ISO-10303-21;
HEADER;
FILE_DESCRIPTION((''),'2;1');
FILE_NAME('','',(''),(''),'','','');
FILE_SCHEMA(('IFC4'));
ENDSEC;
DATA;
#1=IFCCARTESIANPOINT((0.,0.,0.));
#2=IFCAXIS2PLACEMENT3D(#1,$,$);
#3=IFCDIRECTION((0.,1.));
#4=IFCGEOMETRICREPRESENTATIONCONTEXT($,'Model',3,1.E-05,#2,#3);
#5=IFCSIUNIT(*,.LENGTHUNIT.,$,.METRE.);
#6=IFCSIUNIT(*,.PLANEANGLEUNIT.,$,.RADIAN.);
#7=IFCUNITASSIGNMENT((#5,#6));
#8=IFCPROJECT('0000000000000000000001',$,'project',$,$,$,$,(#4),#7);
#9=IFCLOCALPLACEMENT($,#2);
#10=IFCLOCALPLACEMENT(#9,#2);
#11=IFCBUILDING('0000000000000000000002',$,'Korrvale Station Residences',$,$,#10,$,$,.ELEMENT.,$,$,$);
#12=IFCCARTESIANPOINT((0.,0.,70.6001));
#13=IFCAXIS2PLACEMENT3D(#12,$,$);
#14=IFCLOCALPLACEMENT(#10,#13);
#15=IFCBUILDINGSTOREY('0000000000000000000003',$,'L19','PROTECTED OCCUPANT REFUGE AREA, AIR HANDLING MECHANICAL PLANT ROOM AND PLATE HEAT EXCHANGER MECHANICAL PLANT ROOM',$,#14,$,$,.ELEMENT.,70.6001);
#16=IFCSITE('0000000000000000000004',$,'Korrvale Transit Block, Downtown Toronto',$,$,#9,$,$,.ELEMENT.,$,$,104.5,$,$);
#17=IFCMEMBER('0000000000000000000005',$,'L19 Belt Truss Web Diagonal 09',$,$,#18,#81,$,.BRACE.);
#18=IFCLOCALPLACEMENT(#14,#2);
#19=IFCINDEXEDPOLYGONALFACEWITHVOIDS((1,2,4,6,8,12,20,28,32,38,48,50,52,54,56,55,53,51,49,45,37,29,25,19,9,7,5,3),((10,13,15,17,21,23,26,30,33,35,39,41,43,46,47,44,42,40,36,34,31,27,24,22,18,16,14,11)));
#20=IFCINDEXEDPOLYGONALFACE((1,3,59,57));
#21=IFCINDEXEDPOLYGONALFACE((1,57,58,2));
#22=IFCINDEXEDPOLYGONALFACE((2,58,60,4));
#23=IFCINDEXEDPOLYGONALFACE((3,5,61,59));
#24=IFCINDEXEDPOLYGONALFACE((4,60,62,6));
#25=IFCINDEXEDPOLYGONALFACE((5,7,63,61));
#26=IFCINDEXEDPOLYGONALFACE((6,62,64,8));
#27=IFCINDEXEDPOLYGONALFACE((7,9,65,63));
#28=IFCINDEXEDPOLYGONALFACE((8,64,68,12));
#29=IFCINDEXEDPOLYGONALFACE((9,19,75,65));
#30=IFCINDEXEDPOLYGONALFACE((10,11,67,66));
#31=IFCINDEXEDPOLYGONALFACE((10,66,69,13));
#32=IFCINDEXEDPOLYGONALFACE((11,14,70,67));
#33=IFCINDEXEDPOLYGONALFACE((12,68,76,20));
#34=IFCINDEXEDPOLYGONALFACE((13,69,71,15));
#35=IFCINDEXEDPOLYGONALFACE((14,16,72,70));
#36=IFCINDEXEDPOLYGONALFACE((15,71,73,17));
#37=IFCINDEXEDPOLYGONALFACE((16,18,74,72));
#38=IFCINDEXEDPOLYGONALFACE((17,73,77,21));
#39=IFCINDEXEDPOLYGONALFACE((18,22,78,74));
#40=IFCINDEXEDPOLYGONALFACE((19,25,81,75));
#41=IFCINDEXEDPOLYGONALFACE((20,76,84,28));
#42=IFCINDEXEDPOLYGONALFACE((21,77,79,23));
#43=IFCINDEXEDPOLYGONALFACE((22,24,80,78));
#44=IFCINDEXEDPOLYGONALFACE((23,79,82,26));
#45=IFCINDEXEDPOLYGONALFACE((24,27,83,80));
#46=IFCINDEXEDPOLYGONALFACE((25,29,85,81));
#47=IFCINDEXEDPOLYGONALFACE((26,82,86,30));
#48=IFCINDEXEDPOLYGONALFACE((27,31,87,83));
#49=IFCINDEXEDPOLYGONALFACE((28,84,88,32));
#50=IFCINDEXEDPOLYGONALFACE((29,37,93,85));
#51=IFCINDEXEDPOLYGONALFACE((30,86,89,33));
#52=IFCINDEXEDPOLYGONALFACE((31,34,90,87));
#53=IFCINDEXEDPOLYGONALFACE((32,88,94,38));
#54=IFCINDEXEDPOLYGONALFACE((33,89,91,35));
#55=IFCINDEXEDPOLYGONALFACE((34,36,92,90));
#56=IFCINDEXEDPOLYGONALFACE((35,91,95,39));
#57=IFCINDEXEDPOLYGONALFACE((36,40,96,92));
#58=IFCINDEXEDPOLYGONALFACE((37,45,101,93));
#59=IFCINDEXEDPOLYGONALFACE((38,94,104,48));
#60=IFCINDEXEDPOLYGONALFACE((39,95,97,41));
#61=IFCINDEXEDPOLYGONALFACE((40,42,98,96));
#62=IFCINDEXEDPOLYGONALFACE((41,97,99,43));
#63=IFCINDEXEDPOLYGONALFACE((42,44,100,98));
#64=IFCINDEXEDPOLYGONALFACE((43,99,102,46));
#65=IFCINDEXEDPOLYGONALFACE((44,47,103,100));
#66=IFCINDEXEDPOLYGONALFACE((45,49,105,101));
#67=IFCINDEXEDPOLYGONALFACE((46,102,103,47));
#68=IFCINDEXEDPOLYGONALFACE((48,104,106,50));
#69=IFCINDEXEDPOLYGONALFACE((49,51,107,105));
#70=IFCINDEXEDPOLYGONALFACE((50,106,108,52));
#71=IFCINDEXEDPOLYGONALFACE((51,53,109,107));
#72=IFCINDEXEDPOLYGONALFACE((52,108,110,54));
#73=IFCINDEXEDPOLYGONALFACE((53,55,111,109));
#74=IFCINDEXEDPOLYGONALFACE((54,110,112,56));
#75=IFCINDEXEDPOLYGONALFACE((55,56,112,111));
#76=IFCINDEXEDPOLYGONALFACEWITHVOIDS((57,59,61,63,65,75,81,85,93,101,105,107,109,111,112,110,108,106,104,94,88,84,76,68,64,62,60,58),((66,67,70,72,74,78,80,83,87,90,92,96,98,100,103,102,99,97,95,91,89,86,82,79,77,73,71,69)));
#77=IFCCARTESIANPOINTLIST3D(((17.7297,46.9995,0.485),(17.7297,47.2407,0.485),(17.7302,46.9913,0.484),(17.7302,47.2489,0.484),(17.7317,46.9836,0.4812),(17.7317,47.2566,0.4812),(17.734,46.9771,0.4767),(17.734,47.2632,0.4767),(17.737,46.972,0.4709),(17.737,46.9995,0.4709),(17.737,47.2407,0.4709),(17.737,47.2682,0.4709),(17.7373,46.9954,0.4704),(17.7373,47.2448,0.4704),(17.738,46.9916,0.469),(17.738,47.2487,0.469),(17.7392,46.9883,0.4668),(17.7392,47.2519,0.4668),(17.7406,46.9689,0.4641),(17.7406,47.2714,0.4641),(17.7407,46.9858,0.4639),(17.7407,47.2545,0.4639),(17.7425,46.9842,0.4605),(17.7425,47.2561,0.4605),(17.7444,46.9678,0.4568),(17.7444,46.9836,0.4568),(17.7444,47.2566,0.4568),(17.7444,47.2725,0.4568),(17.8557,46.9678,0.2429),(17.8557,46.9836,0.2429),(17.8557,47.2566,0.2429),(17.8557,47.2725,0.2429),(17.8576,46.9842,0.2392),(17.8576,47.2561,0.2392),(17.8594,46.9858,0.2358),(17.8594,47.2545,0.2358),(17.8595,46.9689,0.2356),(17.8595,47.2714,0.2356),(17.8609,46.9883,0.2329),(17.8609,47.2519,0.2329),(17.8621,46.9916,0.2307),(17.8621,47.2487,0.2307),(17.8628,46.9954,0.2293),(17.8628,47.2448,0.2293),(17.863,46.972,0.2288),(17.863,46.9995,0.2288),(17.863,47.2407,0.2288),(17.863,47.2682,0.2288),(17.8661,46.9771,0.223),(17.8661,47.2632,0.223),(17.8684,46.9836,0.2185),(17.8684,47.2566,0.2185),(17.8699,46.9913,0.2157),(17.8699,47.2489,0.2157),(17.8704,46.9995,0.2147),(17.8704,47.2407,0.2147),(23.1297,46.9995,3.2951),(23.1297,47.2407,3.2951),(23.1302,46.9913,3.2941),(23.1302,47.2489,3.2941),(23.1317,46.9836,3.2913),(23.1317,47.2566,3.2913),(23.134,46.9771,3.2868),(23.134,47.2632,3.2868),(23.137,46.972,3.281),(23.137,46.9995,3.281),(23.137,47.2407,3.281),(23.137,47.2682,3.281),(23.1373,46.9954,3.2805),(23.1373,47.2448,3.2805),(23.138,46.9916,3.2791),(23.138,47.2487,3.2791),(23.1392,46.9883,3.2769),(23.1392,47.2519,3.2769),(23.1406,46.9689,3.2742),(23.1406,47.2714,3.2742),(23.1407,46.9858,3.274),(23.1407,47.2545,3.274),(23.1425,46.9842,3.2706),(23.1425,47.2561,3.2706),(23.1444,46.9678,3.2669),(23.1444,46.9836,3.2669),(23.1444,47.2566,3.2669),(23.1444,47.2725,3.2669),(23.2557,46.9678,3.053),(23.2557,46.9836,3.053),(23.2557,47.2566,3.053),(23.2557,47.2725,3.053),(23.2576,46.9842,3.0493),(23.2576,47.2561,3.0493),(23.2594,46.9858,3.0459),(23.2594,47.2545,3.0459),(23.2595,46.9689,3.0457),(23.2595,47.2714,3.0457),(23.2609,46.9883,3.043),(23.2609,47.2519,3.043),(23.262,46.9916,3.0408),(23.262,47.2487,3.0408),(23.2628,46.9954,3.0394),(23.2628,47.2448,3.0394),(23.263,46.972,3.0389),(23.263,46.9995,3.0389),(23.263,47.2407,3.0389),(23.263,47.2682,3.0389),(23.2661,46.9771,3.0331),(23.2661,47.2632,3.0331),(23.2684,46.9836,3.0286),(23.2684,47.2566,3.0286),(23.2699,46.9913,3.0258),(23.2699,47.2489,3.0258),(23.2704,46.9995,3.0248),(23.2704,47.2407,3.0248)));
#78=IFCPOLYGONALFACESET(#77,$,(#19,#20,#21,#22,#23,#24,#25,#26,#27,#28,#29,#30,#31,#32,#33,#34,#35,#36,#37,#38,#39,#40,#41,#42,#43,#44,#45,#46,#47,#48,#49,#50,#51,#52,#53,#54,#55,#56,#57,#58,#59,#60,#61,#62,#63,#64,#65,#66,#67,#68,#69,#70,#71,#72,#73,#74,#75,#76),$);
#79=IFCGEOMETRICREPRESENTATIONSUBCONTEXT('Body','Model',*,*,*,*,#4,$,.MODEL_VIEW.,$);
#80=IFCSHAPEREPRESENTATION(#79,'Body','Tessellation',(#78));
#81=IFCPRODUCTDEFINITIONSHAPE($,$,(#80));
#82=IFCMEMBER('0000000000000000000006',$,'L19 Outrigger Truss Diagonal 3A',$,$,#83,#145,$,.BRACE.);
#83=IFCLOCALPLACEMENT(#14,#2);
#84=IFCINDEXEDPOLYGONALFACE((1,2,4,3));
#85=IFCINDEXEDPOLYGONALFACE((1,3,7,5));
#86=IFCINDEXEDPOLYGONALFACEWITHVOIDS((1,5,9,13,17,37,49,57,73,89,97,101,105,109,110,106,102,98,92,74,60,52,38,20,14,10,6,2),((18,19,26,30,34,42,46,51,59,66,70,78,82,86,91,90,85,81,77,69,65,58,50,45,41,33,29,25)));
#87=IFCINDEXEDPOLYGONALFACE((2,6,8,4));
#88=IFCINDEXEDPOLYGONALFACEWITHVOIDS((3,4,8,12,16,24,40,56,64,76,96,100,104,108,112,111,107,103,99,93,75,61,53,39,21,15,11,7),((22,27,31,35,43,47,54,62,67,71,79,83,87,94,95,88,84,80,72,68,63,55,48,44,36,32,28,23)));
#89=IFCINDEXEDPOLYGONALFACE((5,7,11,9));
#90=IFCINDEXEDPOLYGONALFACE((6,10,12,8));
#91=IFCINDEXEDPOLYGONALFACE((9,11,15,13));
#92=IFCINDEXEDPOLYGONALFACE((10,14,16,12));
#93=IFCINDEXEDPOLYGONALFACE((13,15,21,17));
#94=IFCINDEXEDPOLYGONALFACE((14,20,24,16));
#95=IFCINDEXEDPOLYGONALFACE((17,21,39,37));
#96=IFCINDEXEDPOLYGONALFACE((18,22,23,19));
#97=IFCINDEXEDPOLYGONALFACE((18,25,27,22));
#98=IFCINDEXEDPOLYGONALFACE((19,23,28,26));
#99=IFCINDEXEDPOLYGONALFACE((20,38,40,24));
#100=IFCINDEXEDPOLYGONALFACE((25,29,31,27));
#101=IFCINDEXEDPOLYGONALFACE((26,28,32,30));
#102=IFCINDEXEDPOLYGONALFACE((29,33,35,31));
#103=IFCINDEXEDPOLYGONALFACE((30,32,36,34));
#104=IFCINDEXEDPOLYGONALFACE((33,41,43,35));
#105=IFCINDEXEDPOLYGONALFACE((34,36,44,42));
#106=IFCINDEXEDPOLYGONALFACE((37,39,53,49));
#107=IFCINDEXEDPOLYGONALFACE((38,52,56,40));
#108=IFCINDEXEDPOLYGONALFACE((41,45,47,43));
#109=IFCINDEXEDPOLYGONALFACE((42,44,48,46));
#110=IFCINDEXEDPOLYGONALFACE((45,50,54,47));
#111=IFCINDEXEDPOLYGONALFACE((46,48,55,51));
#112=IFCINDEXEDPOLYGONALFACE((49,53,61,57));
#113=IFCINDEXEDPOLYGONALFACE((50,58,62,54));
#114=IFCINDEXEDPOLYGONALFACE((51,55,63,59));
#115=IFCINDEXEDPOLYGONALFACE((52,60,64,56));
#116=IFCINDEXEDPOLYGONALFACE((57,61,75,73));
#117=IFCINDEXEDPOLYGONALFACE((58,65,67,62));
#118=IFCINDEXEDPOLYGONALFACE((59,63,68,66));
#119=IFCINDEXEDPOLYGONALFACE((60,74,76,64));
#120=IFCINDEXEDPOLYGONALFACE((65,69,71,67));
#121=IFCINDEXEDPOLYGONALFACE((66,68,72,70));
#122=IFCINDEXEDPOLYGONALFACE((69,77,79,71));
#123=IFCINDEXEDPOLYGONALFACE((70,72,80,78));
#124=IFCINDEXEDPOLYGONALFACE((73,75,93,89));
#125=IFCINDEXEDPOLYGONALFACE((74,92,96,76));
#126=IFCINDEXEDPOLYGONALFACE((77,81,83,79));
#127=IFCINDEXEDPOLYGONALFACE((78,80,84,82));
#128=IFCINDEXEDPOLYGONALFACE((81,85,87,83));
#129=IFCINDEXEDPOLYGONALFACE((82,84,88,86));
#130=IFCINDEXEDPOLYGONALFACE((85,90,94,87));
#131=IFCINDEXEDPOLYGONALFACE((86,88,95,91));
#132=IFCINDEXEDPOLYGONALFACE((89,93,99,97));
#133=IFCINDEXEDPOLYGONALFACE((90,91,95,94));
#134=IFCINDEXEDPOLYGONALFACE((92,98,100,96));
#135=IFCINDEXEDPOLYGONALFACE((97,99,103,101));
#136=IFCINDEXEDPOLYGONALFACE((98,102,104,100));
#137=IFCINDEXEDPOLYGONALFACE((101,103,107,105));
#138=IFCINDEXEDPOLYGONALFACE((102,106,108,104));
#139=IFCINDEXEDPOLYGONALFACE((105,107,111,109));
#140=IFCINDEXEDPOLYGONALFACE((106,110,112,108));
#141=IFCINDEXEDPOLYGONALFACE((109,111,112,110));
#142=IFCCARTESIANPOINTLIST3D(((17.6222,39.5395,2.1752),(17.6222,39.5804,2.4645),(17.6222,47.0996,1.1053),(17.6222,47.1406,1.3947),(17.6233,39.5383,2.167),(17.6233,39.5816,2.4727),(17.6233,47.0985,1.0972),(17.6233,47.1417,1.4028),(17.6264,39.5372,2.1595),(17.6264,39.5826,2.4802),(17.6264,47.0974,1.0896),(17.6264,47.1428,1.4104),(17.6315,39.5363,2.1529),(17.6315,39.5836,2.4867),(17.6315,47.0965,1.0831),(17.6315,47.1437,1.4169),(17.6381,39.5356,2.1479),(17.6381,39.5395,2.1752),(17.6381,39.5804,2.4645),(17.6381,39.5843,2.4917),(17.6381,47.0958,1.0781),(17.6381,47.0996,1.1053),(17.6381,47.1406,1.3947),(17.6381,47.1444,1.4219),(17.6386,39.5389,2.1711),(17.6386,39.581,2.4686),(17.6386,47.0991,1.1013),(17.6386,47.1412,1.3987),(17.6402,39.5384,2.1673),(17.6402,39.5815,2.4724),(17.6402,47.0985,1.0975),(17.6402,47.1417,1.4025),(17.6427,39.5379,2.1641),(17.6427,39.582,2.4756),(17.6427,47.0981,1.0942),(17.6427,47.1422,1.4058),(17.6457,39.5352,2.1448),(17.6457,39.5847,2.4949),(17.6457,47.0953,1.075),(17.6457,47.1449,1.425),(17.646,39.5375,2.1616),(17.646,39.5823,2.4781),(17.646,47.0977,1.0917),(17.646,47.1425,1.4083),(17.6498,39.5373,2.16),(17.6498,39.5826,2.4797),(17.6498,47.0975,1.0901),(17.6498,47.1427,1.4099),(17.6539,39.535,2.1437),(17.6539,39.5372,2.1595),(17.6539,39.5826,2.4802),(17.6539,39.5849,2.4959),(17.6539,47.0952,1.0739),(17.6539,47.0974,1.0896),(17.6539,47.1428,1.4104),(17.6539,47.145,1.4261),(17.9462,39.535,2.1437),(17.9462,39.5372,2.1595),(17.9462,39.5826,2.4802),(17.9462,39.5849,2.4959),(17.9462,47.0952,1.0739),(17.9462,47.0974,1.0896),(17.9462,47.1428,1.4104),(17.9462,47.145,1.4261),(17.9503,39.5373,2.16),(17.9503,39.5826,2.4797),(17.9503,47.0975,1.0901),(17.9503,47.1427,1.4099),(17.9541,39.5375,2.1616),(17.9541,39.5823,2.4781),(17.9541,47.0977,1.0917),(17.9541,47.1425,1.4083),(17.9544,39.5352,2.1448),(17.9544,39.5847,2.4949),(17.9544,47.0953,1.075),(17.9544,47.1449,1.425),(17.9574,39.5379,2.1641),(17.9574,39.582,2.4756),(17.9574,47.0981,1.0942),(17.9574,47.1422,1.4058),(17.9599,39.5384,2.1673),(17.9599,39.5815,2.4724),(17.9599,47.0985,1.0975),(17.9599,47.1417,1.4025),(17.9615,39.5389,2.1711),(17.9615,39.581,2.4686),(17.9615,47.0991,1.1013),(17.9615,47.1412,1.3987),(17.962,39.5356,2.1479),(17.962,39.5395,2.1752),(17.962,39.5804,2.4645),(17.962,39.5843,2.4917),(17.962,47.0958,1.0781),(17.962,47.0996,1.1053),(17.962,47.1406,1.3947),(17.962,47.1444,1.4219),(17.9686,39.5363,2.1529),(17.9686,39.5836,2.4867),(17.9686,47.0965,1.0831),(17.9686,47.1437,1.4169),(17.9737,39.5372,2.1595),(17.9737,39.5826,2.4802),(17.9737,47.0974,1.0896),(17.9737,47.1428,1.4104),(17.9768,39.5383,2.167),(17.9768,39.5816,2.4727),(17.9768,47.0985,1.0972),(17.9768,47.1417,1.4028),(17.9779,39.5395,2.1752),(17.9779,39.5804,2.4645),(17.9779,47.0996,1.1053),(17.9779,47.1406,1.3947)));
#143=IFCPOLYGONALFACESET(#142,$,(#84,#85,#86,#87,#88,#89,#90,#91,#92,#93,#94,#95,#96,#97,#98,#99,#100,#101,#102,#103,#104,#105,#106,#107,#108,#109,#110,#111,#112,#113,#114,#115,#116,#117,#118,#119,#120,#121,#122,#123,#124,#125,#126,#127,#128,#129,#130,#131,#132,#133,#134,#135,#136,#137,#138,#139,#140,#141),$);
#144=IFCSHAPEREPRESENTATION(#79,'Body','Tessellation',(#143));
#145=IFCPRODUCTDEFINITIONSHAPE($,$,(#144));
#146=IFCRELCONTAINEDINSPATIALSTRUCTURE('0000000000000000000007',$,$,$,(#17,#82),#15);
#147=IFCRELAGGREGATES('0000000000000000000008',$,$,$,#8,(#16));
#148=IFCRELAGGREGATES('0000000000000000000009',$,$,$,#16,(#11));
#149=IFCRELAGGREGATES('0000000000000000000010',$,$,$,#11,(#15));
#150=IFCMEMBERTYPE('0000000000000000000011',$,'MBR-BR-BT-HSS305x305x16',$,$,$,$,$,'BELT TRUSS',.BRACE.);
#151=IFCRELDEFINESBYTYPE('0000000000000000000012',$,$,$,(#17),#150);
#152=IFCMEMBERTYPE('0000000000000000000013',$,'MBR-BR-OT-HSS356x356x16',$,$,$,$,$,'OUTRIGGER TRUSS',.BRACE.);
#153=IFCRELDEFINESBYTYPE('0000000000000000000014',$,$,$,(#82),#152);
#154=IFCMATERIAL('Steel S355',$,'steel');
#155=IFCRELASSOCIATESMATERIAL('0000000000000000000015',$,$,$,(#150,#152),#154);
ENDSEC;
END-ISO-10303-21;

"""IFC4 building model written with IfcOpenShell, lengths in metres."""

from ifc_helpers import new_model, si_unit, direction, frame, origin, origin_2d, place, context, subcontext, project, spatial, hollow_rectangle, extrude, material, material_profile, profile_set, type_object, element, save


model = new_model("IFC4")

# Units and contexts
model_context = context("Model", 3, precision=1e-05, world=origin(), true_north=direction((0.0, 1.0)))
body_context = subcontext(model_context, "Body", "Model", "MODEL_VIEW")
ifc_project = project(units=[si_unit("LENGTHUNIT", "METRE"), si_unit("PLANEANGLEUNIT", "RADIAN")], contexts=[model_context])

# Site, building, storey
site_placement = place(None, origin())
site = spatial("IfcSite", under=ifc_project, at=site_placement, Name="Korrvale Transit Block, Downtown Toronto", CompositionType="ELEMENT", RefElevation=104.5)
building_placement = place(site_placement, origin())
building = spatial("IfcBuilding", under=site, at=building_placement, Name="Korrvale Station Residences", CompositionType="ELEMENT")
storey_placement = place(building_placement, frame((0.0, 0.0, 70.6001)))
storey = spatial("IfcBuildingStorey", under=building, at=storey_placement, Name="L19", Description="PROTECTED OCCUPANT REFUGE AREA, AIR HANDLING MECHANICAL PLANT ROOM AND PLATE HEAT EXCHANGER MECHANICAL PLANT ROOM", CompositionType="ELEMENT", Elevation=70.6001)

# Members
ifc_material_1 = material(Name="Steel S355", Category="steel")
ifc_material_profile_1 = material_profile(ifc_material_1, hollow_rectangle(XDim=0.3047, YDim=0.3047, WallThickness=0.0159, InnerFilletRadius=0.0159, OuterFilletRadius=0.0317, at=origin_2d()), Name="HSS305x305x16")
ifc_profile_set_1 = profile_set([ifc_material_profile_1], Name="Steel S355")
member_type_1 = type_object("IfcMemberType", Name="MBR-BR-BT-HSS305x305x16", ElementType="BELT TRUSS", PredefinedType="BRACE", material=ifc_profile_set_1)
member_1_placement = place(storey_placement, frame((17.8, 47.1201, 0.3499), z_axis=(0.887075, 0.0, 0.461625), x_axis=(0.0, 1.0, 0.0)))
element("IfcMember", 1, at=member_1_placement, inside=storey, type_object=member_type_1, Name="L19 Belt Truss Web Diagonal 09", PredefinedType="BRACE", context=body_context, shape_type="SweptSolid", body=[
    extrude(hollow_rectangle(XDim=0.3047, YDim=0.3047, WallThickness=0.0159, InnerFilletRadius=0.0159, OuterFilletRadius=0.0317, at=origin_2d()), origin(), (0.0, 0.0, 1.0), 6.0874),
])
ifc_material_profile_2 = material_profile(ifc_material_1, hollow_rectangle(XDim=0.3557, YDim=0.3557, WallThickness=0.0159, InnerFilletRadius=0.0159, OuterFilletRadius=0.0317, at=origin_2d()), Name="HSS356x356x16")
ifc_profile_set_2 = profile_set([ifc_material_profile_2], Name="Steel S355")
member_type_2 = type_object("IfcMemberType", Name="MBR-BR-OT-HSS356x356x16", ElementType="OUTRIGGER TRUSS", PredefinedType="BRACE", material=ifc_profile_set_2)
member_2_placement = place(storey_placement, frame((17.8, 47.1201, 1.25), z_axis=(0.0, -0.990135, 0.140114), x_axis=(1.0, 0.0, 0.0)))
element("IfcMember", 2, at=member_2_placement, inside=storey, type_object=member_type_2, Name="L19 Outrigger Truss Diagonal 3A", PredefinedType="BRACE", context=body_context, shape_type="SweptSolid", body=[
    extrude(hollow_rectangle(XDim=0.3557, YDim=0.3557, WallThickness=0.0159, InnerFilletRadius=0.0159, OuterFilletRadius=0.0317, at=origin_2d()), origin(), (0.0, 0.0, 1.0), 7.6355),
])

save(model, "model.ifc")
